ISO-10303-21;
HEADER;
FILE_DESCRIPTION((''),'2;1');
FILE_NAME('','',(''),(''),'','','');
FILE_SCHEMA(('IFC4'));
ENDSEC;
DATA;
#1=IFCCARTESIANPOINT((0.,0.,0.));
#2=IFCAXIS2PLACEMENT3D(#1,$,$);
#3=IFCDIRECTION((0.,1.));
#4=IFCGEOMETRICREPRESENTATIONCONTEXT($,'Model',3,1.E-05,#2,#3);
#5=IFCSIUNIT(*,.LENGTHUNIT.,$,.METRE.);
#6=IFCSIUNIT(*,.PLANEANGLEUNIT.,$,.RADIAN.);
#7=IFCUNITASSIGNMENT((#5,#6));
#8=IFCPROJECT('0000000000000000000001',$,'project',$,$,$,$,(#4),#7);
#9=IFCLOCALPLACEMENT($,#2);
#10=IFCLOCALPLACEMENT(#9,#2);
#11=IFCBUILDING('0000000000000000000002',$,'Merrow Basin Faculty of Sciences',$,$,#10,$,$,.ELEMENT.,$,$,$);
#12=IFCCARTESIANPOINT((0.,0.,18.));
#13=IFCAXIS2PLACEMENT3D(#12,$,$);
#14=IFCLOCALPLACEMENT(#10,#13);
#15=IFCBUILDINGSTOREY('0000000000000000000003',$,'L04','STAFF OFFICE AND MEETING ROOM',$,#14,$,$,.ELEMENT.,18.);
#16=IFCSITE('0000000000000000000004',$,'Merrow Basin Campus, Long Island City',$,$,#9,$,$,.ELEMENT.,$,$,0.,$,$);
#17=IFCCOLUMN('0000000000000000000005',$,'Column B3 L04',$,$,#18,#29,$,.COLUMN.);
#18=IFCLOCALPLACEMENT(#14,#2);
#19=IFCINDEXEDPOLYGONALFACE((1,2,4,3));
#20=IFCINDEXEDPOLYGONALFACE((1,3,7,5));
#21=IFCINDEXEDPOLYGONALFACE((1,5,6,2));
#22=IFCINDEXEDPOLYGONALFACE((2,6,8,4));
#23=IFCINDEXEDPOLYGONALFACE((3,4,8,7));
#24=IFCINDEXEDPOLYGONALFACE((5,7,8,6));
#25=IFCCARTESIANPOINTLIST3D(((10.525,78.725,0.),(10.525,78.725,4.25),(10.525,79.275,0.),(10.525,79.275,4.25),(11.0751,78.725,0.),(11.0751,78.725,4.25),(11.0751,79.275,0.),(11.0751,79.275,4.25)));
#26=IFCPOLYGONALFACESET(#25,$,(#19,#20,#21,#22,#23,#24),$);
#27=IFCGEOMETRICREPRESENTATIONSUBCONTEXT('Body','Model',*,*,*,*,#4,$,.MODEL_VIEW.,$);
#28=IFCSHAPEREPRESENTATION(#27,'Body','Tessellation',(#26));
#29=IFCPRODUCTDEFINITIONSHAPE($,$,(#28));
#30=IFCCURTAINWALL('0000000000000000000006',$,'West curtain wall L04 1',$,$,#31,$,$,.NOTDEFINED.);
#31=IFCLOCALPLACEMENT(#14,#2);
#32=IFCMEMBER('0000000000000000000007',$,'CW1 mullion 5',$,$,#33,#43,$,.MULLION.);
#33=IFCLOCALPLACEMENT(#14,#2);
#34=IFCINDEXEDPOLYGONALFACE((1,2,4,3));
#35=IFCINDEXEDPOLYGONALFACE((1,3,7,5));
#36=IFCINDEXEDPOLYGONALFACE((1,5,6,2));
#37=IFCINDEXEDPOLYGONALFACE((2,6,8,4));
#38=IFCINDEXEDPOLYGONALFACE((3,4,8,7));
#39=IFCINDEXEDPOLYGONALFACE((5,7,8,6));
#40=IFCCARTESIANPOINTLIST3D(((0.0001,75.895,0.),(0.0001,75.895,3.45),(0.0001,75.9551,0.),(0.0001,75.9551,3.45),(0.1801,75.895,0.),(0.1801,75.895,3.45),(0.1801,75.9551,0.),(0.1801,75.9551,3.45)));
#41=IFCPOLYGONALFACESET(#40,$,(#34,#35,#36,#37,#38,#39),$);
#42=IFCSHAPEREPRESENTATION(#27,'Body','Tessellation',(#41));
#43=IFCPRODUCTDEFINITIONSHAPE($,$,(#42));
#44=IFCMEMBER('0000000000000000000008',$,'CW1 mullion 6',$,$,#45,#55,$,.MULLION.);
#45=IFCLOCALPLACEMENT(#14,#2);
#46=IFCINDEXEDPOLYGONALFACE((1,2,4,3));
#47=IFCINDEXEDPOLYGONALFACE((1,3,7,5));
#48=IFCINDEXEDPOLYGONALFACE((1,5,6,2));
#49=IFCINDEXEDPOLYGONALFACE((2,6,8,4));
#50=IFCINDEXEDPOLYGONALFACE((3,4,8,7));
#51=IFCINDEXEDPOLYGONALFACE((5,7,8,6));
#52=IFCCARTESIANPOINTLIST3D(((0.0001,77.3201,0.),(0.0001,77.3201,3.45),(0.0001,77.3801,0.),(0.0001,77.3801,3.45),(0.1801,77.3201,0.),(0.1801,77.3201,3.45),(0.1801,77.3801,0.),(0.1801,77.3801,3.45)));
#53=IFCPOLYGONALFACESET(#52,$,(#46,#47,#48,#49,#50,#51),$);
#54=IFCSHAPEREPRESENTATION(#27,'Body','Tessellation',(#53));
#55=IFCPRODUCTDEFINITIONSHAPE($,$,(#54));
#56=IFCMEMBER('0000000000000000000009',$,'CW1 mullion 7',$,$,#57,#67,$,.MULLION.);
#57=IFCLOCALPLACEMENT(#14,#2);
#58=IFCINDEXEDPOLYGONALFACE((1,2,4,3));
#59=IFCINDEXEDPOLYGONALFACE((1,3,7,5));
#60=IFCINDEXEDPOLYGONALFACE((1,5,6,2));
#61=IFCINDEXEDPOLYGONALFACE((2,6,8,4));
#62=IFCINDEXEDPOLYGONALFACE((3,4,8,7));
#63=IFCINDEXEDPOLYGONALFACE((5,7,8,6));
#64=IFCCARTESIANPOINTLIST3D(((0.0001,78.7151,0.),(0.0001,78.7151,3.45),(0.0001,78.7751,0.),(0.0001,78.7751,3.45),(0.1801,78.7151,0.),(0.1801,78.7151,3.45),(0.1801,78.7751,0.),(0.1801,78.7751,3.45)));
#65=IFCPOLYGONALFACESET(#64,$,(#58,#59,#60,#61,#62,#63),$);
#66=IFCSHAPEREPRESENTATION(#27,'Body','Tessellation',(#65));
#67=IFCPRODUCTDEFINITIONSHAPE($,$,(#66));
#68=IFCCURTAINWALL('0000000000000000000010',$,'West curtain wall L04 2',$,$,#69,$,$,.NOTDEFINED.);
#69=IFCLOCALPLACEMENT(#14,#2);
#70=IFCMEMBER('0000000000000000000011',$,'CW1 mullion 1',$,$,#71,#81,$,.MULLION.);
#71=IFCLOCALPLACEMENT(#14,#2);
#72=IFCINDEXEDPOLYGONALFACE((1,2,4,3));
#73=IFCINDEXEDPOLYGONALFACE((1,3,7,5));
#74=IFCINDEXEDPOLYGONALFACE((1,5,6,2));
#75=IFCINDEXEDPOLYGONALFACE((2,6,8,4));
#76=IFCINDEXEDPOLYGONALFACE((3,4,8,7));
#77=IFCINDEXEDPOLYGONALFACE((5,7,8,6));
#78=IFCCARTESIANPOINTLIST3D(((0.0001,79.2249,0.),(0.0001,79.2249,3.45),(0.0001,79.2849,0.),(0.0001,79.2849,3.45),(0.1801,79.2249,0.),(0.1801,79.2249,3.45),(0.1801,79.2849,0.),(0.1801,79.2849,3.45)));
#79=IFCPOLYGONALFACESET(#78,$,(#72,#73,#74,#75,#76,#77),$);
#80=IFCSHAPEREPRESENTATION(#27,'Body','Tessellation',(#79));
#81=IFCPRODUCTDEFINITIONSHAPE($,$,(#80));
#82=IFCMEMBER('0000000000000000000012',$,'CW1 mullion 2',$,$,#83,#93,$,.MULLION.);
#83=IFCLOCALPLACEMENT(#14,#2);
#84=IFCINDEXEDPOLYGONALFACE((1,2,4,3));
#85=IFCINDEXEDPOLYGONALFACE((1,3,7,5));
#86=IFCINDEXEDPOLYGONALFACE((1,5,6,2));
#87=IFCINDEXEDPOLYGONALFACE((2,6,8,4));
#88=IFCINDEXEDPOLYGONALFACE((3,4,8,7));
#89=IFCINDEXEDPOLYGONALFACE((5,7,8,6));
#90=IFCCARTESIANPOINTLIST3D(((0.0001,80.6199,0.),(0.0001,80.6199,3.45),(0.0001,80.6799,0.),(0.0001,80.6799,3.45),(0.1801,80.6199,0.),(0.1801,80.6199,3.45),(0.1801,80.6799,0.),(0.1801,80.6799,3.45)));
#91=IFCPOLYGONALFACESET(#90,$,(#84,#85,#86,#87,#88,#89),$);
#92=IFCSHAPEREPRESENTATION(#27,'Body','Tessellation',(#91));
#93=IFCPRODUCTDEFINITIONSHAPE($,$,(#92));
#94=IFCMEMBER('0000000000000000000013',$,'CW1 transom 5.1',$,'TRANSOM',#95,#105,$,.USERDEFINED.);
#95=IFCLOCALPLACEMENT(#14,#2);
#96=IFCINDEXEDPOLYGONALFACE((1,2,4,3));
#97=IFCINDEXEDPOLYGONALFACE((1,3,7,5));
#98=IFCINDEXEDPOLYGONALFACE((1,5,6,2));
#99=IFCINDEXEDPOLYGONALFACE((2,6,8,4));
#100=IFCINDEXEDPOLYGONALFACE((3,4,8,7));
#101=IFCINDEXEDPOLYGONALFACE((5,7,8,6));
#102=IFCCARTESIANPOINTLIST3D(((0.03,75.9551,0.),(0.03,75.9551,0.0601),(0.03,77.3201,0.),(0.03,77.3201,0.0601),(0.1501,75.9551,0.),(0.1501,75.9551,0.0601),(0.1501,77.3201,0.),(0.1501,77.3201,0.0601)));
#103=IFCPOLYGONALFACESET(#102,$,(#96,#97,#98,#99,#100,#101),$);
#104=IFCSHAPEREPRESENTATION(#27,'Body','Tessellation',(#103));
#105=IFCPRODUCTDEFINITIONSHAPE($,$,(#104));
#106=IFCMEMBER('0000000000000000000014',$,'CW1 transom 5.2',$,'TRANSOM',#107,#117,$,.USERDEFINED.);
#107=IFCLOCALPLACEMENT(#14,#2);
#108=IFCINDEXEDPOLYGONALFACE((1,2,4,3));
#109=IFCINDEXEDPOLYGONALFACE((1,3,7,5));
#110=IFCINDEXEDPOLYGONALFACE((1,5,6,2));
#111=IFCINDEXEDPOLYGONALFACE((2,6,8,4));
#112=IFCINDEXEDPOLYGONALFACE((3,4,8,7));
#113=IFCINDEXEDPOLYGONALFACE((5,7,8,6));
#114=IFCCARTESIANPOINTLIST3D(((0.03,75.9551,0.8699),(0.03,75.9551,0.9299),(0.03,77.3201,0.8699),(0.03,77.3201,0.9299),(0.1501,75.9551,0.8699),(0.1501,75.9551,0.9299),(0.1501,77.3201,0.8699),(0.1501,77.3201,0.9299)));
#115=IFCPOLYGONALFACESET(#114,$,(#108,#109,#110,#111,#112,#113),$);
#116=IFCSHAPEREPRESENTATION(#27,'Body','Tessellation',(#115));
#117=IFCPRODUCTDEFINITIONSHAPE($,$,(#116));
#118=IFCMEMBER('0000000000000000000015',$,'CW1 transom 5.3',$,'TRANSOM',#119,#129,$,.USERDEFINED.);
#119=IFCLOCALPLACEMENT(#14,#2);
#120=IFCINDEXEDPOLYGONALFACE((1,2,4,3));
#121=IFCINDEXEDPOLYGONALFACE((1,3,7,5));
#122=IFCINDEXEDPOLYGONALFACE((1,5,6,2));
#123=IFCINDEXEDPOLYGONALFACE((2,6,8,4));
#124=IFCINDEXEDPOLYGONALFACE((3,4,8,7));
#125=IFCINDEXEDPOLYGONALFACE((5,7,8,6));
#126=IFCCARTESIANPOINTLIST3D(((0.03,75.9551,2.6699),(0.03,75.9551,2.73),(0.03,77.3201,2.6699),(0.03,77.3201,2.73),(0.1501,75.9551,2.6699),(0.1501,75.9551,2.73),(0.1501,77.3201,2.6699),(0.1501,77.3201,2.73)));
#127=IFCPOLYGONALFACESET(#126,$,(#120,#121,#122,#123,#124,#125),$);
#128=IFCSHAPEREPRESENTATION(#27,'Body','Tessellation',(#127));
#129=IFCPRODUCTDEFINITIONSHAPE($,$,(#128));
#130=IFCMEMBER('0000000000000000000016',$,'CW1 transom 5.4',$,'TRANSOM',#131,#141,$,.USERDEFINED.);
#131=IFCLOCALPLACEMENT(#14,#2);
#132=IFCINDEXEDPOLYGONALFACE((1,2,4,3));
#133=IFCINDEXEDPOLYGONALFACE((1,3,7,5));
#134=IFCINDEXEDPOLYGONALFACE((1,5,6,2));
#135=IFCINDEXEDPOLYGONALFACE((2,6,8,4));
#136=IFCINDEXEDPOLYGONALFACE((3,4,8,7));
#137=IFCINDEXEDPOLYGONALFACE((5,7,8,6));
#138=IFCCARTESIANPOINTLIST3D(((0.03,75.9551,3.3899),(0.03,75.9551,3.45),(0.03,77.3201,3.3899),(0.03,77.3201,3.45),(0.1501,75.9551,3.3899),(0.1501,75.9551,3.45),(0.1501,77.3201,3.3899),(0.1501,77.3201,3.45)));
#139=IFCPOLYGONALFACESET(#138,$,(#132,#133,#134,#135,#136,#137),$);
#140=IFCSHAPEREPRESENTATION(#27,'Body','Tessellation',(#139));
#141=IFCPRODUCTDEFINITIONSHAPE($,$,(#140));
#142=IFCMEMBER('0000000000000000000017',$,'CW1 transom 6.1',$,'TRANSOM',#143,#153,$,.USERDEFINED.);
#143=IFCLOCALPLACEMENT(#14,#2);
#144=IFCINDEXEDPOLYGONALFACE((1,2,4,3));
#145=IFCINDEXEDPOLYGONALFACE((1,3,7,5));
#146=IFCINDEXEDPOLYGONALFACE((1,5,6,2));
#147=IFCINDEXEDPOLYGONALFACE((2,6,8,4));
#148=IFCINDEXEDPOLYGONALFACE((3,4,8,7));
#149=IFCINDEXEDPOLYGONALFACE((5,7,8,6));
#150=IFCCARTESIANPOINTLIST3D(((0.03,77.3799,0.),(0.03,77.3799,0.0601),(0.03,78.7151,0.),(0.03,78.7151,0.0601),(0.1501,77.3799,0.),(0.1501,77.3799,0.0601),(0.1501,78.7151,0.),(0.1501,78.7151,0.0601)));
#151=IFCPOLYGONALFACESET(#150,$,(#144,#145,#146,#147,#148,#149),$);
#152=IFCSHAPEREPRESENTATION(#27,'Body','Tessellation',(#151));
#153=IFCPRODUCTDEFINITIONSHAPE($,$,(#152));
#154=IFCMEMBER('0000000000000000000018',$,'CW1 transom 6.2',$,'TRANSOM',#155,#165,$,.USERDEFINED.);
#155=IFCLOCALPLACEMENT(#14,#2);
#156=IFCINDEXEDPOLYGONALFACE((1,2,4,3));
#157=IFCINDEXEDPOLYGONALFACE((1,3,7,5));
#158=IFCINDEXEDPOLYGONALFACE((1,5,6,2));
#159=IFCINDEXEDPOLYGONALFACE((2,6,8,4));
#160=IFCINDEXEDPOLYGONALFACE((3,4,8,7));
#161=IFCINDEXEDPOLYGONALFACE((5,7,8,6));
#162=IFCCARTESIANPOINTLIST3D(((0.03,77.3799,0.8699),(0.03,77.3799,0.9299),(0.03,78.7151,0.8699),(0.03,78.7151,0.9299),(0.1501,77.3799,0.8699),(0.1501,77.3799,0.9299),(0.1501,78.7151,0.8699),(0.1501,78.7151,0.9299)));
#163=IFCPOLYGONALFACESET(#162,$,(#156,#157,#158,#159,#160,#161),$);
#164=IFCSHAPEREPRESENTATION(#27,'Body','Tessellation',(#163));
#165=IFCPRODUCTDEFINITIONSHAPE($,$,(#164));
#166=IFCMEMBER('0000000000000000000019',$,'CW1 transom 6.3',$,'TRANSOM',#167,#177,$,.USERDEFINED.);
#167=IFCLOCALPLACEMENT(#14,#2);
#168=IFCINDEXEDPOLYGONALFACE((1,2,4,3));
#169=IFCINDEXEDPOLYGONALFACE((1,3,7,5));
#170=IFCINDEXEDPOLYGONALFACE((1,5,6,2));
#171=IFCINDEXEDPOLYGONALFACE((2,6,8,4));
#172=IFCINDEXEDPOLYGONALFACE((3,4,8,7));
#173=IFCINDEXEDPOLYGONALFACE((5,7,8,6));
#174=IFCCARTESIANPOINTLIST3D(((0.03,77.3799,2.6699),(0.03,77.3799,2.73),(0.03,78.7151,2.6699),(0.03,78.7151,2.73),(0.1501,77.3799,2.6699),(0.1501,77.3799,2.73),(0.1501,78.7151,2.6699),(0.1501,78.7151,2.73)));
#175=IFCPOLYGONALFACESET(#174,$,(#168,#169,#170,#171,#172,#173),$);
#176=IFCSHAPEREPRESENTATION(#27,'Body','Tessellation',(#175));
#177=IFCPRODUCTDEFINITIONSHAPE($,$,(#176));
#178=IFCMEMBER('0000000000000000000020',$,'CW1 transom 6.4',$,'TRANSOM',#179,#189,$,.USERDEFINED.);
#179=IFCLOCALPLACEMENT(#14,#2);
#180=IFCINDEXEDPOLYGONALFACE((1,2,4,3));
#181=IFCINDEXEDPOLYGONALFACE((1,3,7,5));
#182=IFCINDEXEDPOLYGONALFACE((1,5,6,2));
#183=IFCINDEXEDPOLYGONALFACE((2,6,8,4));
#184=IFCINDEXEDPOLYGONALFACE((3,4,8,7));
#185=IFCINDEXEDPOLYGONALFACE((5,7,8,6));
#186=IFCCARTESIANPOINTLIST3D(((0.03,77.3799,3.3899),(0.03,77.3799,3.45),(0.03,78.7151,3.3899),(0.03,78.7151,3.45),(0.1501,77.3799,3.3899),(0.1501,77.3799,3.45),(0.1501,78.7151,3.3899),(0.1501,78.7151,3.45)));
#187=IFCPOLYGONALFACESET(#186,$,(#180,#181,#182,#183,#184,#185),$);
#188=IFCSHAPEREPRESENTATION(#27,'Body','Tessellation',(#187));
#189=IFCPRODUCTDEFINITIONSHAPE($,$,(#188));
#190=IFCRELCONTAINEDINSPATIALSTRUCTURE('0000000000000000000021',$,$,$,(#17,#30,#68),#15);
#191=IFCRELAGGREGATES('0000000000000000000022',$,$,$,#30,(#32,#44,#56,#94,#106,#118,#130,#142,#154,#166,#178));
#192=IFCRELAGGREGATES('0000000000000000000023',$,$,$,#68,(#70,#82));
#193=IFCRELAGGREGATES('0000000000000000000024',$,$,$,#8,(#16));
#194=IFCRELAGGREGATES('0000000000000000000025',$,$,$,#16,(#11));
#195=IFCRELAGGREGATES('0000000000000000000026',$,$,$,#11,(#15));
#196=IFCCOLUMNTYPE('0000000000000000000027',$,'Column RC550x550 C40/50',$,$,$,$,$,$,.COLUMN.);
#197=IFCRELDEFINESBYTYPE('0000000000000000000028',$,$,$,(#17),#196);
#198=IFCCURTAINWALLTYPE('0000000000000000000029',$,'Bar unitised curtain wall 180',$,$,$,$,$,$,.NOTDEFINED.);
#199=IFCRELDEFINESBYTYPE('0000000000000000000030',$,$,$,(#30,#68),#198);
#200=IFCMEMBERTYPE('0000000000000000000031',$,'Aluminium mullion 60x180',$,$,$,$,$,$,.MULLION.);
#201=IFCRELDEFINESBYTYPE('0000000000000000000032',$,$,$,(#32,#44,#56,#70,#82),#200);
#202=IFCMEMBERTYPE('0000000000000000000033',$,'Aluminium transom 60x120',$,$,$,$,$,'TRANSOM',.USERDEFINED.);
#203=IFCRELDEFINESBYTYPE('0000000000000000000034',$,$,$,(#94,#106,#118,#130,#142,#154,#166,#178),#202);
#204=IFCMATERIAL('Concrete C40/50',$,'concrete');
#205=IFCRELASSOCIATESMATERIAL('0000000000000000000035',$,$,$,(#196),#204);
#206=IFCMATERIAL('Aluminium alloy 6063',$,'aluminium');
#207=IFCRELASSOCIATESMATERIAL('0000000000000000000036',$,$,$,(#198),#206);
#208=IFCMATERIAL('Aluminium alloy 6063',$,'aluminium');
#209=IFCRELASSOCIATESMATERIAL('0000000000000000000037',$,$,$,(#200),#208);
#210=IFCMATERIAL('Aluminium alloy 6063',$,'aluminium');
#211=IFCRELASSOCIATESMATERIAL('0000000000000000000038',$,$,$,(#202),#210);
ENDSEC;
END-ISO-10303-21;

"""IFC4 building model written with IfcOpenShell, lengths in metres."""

from ifc_helpers import new_model, si_unit, direction, frame, origin, origin_2d, place, context, subcontext, project, spatial, rectangle, extrude, material, material_profile, profile_set, type_object, element, aggregate, save


model = new_model("IFC4")

# Units and contexts
model_context = context("Model", 3, precision=1e-05, world=origin(), true_north=direction((0.0, 1.0)))
body_context = subcontext(model_context, "Body", "Model", "MODEL_VIEW")
ifc_project = project(units=[si_unit("LENGTHUNIT", "METRE"), si_unit("PLANEANGLEUNIT", "RADIAN")], contexts=[model_context])

# Site, building, storey
site_placement = place(None, origin())
site = spatial("IfcSite", under=ifc_project, at=site_placement, Name="Merrow Basin Campus, Long Island City", CompositionType="ELEMENT", RefElevation=0.0)
building_placement = place(site_placement, origin())
building = spatial("IfcBuilding", under=site, at=building_placement, Name="Merrow Basin Faculty of Sciences", CompositionType="ELEMENT")
storey_placement = place(building_placement, frame((0.0, 0.0, 18.0)))
storey = spatial("IfcBuildingStorey", under=building, at=storey_placement, Name="L04", Description="STAFF OFFICE AND MEETING ROOM", CompositionType="ELEMENT", Elevation=18.0)

# Column
ifc_material_1 = material(Name="Concrete C40/50", Category="concrete")
ifc_material_profile_1 = material_profile(ifc_material_1, rectangle(XDim=0.55, YDim=0.55, at=origin_2d()))
ifc_profile_set_1 = profile_set([ifc_material_profile_1], Name="Concrete C40/50")
column_type = type_object("IfcColumnType", Name="Column RC550x550 C40/50", PredefinedType="COLUMN", material=ifc_profile_set_1)
column_placement = place(storey_placement, frame((10.8, 79.0, 0.0), z_axis=(0.0, 0.0, 1.0), x_axis=(1.0, 0.0, 0.0)))
element("IfcColumn", 1, at=column_placement, inside=storey, type_object=column_type, Name="Column B3 L04", PredefinedType="COLUMN", context=body_context, shape_type="SweptSolid", body=[
    extrude(rectangle(XDim=0.55, YDim=0.55, at=origin_2d()), origin(), (0.0, 0.0, 1.0), 4.25),
])

# Curtain walls, members
ifc_material_2 = material(Name="Aluminium alloy 6063", Category="aluminium")
curtain_wall_type = type_object("IfcCurtainWallType", Name="Bar unitised curtain wall 180", PredefinedType="NOTDEFINED", material=ifc_material_2)
curtain_wall_1_placement = place(storey_placement, origin())
curtain_wall_1 = element("IfcCurtainWall", 2, at=curtain_wall_1_placement, inside=storey, type_object=curtain_wall_type, Name="West curtain wall L04 1", PredefinedType="NOTDEFINED")
ifc_material_3 = material(Name="Aluminium alloy 6063", Category="aluminium")
ifc_material_profile_2 = material_profile(ifc_material_3, rectangle(XDim=0.1799, YDim=0.0601, at=origin_2d()))
ifc_profile_set_2 = profile_set([ifc_material_profile_2], Name="Aluminium alloy 6063")
member_type_1 = type_object("IfcMemberType", Name="Aluminium mullion 60x180", PredefinedType="MULLION", material=ifc_profile_set_2)
member_1_placement = place(storey_placement, frame((0.0901, 75.925, 0.0), z_axis=(0.0, 0.0, 1.0), x_axis=(-1.0, 0.0, 0.0)))
member_1 = element("IfcMember", 3, at=member_1_placement, type_object=member_type_1, Name="CW1 mullion 5", PredefinedType="MULLION", context=body_context, shape_type="SweptSolid", body=[
    extrude(rectangle(XDim=0.1799, YDim=0.0601, at=origin_2d()), origin(), (0.0, 0.0, 1.0), 3.45),
])
member_2_placement = place(storey_placement, frame((0.0901, 77.3501, 0.0), z_axis=(0.0, 0.0, 1.0), x_axis=(-1.0, 0.0, 0.0)))
member_2 = element("IfcMember", 4, at=member_2_placement, type_object=member_type_1, Name="CW1 mullion 6", PredefinedType="MULLION", context=body_context, shape_type="SweptSolid", body=[
    extrude(rectangle(XDim=0.1799, YDim=0.0601, at=origin_2d()), origin(), (0.0, 0.0, 1.0), 3.45),
])
member_3_placement = place(storey_placement, frame((0.0901, 78.7451, 0.0), z_axis=(0.0, 0.0, 1.0), x_axis=(-1.0, 0.0, 0.0)))
member_3 = element("IfcMember", 5, at=member_3_placement, type_object=member_type_1, Name="CW1 mullion 7", PredefinedType="MULLION", context=body_context, shape_type="SweptSolid", body=[
    extrude(rectangle(XDim=0.1799, YDim=0.0601, at=origin_2d()), origin(), (0.0, 0.0, 1.0), 3.45),
])
curtain_wall_2_placement = place(storey_placement, origin())
curtain_wall_2 = element("IfcCurtainWall", 6, at=curtain_wall_2_placement, inside=storey, type_object=curtain_wall_type, Name="West curtain wall L04 2", PredefinedType="NOTDEFINED")
member_4_placement = place(storey_placement, frame((0.0901, 79.2549, 0.0), z_axis=(0.0, 0.0, 1.0), x_axis=(-1.0, 0.0, 0.0)))
member_4 = element("IfcMember", 7, at=member_4_placement, type_object=member_type_1, Name="CW1 mullion 1", PredefinedType="MULLION", context=body_context, shape_type="SweptSolid", body=[
    extrude(rectangle(XDim=0.1799, YDim=0.0601, at=origin_2d()), origin(), (0.0, 0.0, 1.0), 3.45),
])
member_5_placement = place(storey_placement, frame((0.0901, 80.6499, 0.0), z_axis=(0.0, 0.0, 1.0), x_axis=(-1.0, 0.0, 0.0)))
member_5 = element("IfcMember", 8, at=member_5_placement, type_object=member_type_1, Name="CW1 mullion 2", PredefinedType="MULLION", context=body_context, shape_type="SweptSolid", body=[
    extrude(rectangle(XDim=0.1799, YDim=0.0601, at=origin_2d()), origin(), (0.0, 0.0, 1.0), 3.45),
])

# Members
ifc_material_4 = material(Name="Aluminium alloy 6063", Category="aluminium")
ifc_material_profile_3 = material_profile(ifc_material_4, rectangle(XDim=0.1201, YDim=0.0601, at=origin_2d()))
ifc_profile_set_3 = profile_set([ifc_material_profile_3], Name="Aluminium alloy 6063")
member_type_2 = type_object("IfcMemberType", Name="Aluminium transom 60x120", ElementType="TRANSOM", PredefinedType="USERDEFINED", material=ifc_profile_set_3)
member_6_placement = place(storey_placement, frame((0.0901, 75.9551, 0.03), z_axis=(0.0, 1.0, 0.0), x_axis=(-1.0, 0.0, 0.0)))
member_6 = element("IfcMember", 9, at=member_6_placement, type_object=member_type_2, Name="CW1 transom 5.1", ObjectType="TRANSOM", PredefinedType="USERDEFINED", context=body_context, shape_type="SweptSolid", body=[
    extrude(rectangle(XDim=0.1201, YDim=0.0601, at=origin_2d()), origin(), (0.0, 0.0, 1.0), 1.365),
])
member_7_placement = place(storey_placement, frame((0.0901, 75.9551, 0.8999), z_axis=(0.0, 1.0, 0.0), x_axis=(-1.0, 0.0, 0.0)))
member_7 = element("IfcMember", 10, at=member_7_placement, type_object=member_type_2, Name="CW1 transom 5.2", ObjectType="TRANSOM", PredefinedType="USERDEFINED", context=body_context, shape_type="SweptSolid", body=[
    extrude(rectangle(XDim=0.1201, YDim=0.0601, at=origin_2d()), origin(), (0.0, 0.0, 1.0), 1.365),
])
member_8_placement = place(storey_placement, frame((0.0901, 75.9551, 2.7), z_axis=(0.0, 1.0, 0.0), x_axis=(-1.0, 0.0, 0.0)))
member_8 = element("IfcMember", 11, at=member_8_placement, type_object=member_type_2, Name="CW1 transom 5.3", ObjectType="TRANSOM", PredefinedType="USERDEFINED", context=body_context, shape_type="SweptSolid", body=[
    extrude(rectangle(XDim=0.1201, YDim=0.0601, at=origin_2d()), origin(), (0.0, 0.0, 1.0), 1.365),
])
member_9_placement = place(storey_placement, frame((0.0901, 75.9551, 3.4199), z_axis=(0.0, 1.0, 0.0), x_axis=(-1.0, 0.0, 0.0)))
member_9 = element("IfcMember", 12, at=member_9_placement, type_object=member_type_2, Name="CW1 transom 5.4", ObjectType="TRANSOM", PredefinedType="USERDEFINED", context=body_context, shape_type="SweptSolid", body=[
    extrude(rectangle(XDim=0.1201, YDim=0.0601, at=origin_2d()), origin(), (0.0, 0.0, 1.0), 1.365),
])
member_10_placement = place(storey_placement, frame((0.0901, 77.3799, 0.03), z_axis=(0.0, 1.0, 0.0), x_axis=(-1.0, 0.0, 0.0)))
member_10 = element("IfcMember", 13, at=member_10_placement, type_object=member_type_2, Name="CW1 transom 6.1", ObjectType="TRANSOM", PredefinedType="USERDEFINED", context=body_context, shape_type="SweptSolid", body=[
    extrude(rectangle(XDim=0.1201, YDim=0.0601, at=origin_2d()), origin(), (0.0, 0.0, 1.0), 1.3352),
])
member_11_placement = place(storey_placement, frame((0.0901, 77.3799, 0.8999), z_axis=(0.0, 1.0, 0.0), x_axis=(-1.0, 0.0, 0.0)))
member_11 = element("IfcMember", 14, at=member_11_placement, type_object=member_type_2, Name="CW1 transom 6.2", ObjectType="TRANSOM", PredefinedType="USERDEFINED", context=body_context, shape_type="SweptSolid", body=[
    extrude(rectangle(XDim=0.1201, YDim=0.0601, at=origin_2d()), origin(), (0.0, 0.0, 1.0), 1.3352),
])
member_12_placement = place(storey_placement, frame((0.0901, 77.3799, 2.7), z_axis=(0.0, 1.0, 0.0), x_axis=(-1.0, 0.0, 0.0)))
member_12 = element("IfcMember", 15, at=member_12_placement, type_object=member_type_2, Name="CW1 transom 6.3", ObjectType="TRANSOM", PredefinedType="USERDEFINED", context=body_context, shape_type="SweptSolid", body=[
    extrude(rectangle(XDim=0.1201, YDim=0.0601, at=origin_2d()), origin(), (0.0, 0.0, 1.0), 1.3352),
])
member_13_placement = place(storey_placement, frame((0.0901, 77.3799, 3.4199), z_axis=(0.0, 1.0, 0.0), x_axis=(-1.0, 0.0, 0.0)))
member_13 = element("IfcMember", 16, at=member_13_placement, type_object=member_type_2, Name="CW1 transom 6.4", ObjectType="TRANSOM", PredefinedType="USERDEFINED", context=body_context, shape_type="SweptSolid", body=[
    extrude(rectangle(XDim=0.1201, YDim=0.0601, at=origin_2d()), origin(), (0.0, 0.0, 1.0), 1.3352),
])

aggregate(curtain_wall_1, [member_1, member_2, member_3, member_6, member_7, member_8, member_9, member_10, member_11, member_12, member_13])
aggregate(curtain_wall_2, [member_4, member_5])

save(model, "model.ifc")
